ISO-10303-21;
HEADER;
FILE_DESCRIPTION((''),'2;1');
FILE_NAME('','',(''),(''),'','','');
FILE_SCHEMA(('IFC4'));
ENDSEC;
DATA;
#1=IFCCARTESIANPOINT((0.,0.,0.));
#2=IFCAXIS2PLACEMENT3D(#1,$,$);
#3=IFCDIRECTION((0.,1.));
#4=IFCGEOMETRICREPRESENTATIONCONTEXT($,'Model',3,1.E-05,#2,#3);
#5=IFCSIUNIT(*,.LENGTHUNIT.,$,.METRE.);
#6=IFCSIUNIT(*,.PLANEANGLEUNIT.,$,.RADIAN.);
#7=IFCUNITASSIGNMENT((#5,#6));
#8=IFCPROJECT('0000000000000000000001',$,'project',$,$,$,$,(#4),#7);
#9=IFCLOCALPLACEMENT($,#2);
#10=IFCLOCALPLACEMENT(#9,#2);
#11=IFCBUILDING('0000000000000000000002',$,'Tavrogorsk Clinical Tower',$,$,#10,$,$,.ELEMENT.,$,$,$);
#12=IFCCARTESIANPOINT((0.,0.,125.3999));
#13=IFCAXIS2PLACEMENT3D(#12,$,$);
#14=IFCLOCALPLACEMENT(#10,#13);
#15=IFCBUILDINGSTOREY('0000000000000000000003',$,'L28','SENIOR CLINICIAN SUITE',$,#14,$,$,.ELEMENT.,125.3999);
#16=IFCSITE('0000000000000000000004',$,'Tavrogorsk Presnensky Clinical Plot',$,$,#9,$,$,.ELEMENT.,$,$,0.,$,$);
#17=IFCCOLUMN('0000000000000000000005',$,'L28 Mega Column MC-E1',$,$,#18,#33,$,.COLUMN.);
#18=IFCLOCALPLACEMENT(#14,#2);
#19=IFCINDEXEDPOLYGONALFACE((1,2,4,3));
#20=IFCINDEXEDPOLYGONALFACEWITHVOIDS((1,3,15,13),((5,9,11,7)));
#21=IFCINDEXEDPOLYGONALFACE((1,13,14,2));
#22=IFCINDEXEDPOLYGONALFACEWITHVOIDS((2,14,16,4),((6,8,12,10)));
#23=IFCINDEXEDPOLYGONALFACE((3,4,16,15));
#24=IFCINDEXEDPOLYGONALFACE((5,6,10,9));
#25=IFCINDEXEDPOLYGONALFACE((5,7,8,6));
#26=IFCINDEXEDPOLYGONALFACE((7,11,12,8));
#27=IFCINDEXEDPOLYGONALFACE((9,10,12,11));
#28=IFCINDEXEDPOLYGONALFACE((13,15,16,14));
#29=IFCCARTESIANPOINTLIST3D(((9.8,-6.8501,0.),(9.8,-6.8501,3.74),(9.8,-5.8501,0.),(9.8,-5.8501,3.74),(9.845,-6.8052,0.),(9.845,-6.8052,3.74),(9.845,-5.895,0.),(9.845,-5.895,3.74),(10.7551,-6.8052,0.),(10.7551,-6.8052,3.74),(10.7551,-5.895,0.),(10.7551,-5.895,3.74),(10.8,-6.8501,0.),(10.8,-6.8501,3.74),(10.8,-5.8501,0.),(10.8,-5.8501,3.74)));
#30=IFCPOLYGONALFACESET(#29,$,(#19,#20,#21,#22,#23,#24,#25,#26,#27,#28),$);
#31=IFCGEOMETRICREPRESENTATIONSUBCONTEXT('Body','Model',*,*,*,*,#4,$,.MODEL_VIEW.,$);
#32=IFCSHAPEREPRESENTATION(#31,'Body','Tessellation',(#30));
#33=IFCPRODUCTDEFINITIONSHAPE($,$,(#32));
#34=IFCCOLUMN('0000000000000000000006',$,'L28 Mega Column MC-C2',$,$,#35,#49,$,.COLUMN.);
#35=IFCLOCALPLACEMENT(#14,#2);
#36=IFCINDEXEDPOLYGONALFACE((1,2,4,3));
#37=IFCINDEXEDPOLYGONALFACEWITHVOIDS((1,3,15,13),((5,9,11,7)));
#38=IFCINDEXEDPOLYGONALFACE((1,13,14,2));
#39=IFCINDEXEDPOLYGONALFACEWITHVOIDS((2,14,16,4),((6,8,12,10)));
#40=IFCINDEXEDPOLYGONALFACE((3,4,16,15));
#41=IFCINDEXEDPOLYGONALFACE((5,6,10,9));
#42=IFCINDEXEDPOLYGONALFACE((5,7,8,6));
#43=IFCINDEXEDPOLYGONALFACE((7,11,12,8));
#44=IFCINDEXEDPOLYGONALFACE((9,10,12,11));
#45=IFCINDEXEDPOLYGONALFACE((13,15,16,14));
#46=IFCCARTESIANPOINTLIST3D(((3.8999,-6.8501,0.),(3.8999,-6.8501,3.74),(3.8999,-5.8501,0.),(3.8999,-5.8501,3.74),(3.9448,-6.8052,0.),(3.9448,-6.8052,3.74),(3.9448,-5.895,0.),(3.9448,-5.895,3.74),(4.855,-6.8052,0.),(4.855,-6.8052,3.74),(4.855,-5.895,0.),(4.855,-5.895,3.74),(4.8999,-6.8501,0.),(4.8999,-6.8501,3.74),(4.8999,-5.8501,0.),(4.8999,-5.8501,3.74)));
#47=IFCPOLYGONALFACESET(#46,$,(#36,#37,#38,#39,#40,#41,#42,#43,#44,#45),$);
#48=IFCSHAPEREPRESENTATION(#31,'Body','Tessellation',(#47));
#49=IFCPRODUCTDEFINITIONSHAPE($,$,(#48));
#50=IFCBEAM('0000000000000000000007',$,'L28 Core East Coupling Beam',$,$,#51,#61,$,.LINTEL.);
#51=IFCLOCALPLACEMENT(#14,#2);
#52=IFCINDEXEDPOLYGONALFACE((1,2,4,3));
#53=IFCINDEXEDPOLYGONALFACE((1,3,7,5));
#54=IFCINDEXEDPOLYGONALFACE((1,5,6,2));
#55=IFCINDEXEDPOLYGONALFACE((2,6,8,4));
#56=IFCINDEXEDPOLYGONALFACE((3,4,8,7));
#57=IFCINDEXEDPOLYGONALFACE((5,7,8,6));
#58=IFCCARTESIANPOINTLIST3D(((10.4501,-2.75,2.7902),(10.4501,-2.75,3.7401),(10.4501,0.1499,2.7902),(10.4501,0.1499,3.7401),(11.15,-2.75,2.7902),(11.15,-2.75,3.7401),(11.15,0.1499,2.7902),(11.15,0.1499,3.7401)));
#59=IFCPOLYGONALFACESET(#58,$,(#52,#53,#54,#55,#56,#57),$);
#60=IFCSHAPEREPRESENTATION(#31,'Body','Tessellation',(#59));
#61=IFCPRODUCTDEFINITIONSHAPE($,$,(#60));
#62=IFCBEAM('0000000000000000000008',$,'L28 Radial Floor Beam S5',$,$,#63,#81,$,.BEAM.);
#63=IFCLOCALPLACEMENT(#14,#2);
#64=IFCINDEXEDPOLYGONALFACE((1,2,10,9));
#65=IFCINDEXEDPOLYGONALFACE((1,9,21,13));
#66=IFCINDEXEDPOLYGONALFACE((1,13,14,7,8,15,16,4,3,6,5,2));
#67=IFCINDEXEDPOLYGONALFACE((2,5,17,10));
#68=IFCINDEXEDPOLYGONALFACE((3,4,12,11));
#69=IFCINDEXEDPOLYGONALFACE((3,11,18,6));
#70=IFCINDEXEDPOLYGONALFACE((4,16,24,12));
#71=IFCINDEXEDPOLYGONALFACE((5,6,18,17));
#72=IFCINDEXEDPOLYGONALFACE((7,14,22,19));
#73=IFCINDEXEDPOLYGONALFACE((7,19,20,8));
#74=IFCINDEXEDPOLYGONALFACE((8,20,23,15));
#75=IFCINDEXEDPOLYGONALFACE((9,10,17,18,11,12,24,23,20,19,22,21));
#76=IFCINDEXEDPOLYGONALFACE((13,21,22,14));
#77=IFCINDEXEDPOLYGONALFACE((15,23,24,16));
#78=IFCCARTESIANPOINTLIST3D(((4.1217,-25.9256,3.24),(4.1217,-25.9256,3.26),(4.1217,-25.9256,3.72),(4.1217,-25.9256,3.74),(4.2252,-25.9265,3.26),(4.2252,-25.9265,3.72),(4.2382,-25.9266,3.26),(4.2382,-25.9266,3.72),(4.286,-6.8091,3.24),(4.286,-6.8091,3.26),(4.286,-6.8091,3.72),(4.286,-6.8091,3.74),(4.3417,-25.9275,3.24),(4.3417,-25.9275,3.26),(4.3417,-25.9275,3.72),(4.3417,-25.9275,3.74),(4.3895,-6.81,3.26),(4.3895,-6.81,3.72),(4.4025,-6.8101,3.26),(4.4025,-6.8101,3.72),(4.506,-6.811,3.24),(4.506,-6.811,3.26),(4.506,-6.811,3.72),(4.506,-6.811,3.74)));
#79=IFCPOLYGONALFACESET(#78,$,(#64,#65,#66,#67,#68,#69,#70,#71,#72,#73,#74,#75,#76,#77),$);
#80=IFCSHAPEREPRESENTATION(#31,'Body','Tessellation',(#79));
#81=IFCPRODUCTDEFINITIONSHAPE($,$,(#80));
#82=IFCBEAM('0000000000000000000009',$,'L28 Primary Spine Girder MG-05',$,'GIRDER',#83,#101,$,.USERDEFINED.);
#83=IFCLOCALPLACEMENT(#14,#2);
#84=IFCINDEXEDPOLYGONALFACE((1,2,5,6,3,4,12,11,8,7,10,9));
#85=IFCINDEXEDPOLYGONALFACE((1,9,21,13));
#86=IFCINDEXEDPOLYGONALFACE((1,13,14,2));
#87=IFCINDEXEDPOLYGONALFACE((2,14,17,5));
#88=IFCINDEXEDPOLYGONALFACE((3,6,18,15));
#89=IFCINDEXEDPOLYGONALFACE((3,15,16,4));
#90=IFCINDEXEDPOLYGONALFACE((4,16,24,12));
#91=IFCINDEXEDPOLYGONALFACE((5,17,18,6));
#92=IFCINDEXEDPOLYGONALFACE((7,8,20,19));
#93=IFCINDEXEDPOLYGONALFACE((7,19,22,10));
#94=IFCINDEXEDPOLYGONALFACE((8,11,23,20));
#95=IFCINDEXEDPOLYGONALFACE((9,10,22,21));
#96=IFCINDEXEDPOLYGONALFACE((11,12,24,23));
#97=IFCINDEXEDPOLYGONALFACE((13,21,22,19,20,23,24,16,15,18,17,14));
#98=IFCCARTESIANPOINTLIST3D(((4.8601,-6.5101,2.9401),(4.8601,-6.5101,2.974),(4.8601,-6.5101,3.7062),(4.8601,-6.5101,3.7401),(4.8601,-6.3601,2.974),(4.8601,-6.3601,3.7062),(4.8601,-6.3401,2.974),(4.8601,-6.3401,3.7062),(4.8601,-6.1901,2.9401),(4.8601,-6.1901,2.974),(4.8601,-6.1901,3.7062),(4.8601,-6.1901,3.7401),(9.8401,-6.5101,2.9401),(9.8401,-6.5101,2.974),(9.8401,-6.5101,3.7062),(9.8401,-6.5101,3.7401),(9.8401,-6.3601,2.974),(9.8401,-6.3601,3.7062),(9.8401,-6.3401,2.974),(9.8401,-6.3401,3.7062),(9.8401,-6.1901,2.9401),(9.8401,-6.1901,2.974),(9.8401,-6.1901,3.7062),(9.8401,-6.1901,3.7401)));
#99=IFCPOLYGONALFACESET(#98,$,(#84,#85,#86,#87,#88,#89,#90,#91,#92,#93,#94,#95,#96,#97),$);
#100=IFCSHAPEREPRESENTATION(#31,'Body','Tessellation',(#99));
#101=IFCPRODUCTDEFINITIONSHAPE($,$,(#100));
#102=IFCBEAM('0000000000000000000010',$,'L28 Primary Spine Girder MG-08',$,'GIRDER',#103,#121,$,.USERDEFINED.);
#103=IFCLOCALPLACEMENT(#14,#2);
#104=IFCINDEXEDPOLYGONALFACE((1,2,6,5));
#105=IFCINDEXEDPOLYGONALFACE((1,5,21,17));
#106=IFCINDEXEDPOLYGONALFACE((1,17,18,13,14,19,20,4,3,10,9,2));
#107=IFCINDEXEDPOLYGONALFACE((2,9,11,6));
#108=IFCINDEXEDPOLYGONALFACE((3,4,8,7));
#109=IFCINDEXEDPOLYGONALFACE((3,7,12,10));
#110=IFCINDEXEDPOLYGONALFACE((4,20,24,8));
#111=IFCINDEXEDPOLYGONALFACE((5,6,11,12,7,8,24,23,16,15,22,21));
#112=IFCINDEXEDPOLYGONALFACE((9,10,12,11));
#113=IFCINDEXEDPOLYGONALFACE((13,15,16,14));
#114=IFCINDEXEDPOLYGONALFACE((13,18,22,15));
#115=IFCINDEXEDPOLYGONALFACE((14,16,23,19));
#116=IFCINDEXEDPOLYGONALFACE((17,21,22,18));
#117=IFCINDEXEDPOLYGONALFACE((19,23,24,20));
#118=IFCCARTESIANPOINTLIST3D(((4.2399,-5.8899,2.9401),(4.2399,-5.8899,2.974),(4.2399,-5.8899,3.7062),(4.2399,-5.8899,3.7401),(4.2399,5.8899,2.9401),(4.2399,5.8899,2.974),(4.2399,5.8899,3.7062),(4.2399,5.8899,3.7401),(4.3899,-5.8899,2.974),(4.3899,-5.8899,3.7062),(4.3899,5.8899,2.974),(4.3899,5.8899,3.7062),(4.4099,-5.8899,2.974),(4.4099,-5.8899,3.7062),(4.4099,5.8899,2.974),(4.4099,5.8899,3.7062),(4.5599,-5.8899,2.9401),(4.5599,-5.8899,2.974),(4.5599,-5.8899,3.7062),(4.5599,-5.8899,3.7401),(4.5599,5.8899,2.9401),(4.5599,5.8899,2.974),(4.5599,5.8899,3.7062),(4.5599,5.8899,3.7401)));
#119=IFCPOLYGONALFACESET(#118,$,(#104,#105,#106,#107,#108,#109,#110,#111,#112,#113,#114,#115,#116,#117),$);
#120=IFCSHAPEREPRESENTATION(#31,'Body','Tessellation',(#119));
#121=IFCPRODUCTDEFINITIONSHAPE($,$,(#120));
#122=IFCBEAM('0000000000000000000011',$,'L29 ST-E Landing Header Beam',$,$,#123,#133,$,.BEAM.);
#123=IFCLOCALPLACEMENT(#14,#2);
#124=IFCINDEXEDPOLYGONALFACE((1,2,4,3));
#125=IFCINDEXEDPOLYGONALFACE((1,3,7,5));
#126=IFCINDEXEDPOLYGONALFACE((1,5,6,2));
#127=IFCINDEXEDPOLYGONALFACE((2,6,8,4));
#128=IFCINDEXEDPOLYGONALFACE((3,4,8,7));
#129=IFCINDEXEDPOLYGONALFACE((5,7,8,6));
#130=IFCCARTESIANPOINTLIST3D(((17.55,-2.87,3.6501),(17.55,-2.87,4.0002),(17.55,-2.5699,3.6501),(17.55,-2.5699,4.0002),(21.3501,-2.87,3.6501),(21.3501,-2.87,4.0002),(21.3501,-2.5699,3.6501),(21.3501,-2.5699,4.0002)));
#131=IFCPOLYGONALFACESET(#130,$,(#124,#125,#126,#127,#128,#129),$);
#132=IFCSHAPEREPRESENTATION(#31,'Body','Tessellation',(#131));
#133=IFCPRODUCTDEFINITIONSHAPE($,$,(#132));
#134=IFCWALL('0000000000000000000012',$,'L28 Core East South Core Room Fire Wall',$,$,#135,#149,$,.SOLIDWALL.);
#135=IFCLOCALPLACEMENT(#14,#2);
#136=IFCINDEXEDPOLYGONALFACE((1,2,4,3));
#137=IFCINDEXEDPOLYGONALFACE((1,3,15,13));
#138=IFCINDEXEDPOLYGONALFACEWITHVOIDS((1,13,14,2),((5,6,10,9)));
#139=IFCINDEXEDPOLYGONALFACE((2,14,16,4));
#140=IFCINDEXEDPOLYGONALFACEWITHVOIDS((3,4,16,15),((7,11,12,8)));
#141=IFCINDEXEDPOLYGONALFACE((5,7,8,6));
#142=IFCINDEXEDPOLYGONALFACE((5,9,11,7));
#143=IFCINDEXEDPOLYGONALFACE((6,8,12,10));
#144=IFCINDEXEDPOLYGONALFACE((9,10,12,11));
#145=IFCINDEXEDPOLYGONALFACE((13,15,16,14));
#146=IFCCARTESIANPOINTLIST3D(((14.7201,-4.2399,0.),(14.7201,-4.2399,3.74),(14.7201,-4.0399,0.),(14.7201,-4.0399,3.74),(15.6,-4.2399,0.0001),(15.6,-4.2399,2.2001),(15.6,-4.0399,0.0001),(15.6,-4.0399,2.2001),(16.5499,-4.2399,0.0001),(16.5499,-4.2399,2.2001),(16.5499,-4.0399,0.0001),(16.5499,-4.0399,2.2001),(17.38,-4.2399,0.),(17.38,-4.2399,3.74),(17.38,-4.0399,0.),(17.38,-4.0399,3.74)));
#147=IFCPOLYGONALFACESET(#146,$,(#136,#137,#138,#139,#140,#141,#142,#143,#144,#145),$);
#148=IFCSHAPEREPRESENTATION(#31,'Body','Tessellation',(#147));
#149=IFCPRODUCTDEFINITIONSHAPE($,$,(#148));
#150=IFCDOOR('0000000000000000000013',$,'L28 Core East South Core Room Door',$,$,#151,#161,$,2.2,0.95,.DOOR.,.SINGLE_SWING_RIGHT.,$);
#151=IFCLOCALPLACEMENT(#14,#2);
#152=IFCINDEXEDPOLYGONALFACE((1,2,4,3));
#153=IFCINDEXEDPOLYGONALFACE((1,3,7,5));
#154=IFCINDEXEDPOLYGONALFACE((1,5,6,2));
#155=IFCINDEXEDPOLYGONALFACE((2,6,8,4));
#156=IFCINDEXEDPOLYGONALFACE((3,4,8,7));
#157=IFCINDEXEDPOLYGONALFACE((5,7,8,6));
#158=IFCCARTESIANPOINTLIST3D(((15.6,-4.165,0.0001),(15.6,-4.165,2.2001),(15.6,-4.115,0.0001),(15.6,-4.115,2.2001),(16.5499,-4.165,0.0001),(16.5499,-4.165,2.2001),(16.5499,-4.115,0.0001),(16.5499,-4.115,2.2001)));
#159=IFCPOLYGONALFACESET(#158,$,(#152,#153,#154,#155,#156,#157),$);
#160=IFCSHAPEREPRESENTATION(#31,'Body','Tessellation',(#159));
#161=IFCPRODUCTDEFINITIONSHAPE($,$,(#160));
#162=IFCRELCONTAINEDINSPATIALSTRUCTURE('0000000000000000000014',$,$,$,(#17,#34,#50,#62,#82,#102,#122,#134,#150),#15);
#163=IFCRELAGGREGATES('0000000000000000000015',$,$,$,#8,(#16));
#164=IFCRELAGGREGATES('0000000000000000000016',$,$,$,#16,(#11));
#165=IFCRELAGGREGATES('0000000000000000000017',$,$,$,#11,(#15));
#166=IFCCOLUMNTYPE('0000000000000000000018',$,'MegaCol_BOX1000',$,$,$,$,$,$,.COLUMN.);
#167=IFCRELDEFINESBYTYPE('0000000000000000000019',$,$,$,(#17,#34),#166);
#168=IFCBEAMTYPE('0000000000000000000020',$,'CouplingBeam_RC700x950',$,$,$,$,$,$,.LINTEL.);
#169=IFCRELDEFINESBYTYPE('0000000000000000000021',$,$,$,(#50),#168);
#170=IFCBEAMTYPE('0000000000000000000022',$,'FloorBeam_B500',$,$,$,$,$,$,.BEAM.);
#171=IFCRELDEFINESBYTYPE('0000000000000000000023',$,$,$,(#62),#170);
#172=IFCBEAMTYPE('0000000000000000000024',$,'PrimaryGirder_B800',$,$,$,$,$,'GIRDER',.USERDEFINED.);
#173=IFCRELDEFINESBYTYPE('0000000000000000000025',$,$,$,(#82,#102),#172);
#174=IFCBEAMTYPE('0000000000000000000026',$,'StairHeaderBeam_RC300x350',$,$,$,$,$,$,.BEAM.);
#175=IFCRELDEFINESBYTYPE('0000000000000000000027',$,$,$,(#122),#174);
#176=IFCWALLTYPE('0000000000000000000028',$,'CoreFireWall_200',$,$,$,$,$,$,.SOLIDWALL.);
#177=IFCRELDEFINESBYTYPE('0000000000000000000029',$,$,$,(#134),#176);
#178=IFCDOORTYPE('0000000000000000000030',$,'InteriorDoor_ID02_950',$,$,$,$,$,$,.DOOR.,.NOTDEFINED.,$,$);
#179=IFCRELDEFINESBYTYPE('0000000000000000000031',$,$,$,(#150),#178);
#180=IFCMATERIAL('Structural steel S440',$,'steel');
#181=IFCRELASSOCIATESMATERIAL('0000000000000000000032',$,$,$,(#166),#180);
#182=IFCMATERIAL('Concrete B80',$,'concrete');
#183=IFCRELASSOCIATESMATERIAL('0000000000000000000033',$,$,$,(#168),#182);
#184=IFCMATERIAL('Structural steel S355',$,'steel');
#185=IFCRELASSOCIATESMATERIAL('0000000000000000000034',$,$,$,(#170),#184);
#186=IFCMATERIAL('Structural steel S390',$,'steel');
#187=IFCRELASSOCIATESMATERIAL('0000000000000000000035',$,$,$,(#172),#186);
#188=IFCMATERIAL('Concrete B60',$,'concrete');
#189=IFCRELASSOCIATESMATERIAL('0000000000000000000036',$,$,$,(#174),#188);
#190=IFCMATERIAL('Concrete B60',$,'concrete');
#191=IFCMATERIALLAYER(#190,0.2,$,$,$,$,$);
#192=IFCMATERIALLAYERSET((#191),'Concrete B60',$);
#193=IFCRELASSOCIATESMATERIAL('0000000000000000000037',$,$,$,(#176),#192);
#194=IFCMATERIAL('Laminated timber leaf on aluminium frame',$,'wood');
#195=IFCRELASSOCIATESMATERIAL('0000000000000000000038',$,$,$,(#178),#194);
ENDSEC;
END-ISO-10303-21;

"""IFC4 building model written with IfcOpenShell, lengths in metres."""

from ifc_helpers import new_model, si_unit, direction, frame, frame_2d, origin, origin_2d, place, context, subcontext, project, spatial, rectangle, hollow_rectangle, i_section, extrude, material, layer, layer_set, material_profile, profile_set, type_object, element, fill, save


model = new_model("IFC4")

# Units and contexts
model_context = context("Model", 3, precision=1e-05, world=origin(), true_north=direction((0.0, 1.0)))
body_context = subcontext(model_context, "Body", "Model", "MODEL_VIEW")
ifc_project = project(units=[si_unit("LENGTHUNIT", "METRE"), si_unit("PLANEANGLEUNIT", "RADIAN")], contexts=[model_context])

# Site, building, storey
site_placement = place(None, origin())
site = spatial("IfcSite", under=ifc_project, at=site_placement, Name="Tavrogorsk Presnensky Clinical Plot", CompositionType="ELEMENT", RefElevation=0.0)
building_placement = place(site_placement, origin())
building = spatial("IfcBuilding", under=site, at=building_placement, Name="Tavrogorsk Clinical Tower", CompositionType="ELEMENT")
storey_placement = place(building_placement, frame((0.0, 0.0, 125.3999)))
storey = spatial("IfcBuildingStorey", under=building, at=storey_placement, Name="L28", Description="SENIOR CLINICIAN SUITE", CompositionType="ELEMENT", Elevation=125.3999)

# Columns
ifc_material_1 = material(Name="Structural steel S440", Category="steel")
ifc_material_profile_1 = material_profile(ifc_material_1, hollow_rectangle(XDim=1.0, YDim=1.0, WallThickness=0.0449, at=origin_2d()), Name="BOX-1000x1000x45")
ifc_profile_set_1 = profile_set([ifc_material_profile_1], Name="Structural steel S440")
column_type = type_object("IfcColumnType", Name="MegaCol_BOX1000", PredefinedType="COLUMN", material=ifc_profile_set_1)
for number, where, z_axis, x_axis, name in (
    (1, (10.3, -6.3501, 0.0), (0.0, 0.0, 1.0), (1.0, 0.0, 0.0), "L28 Mega Column MC-E1"),
    (2, (4.3999, -6.3501, 0.0), (0.0, 0.0, 1.0), (1.0, 0.0, 0.0), "L28 Mega Column MC-C2"),
):
    element("IfcColumn", number, at=place(storey_placement, frame(where, z_axis=z_axis, x_axis=x_axis)), inside=storey, type_object=column_type, Name=name, PredefinedType="COLUMN", context=body_context, shape_type="SweptSolid", body=[
        extrude(hollow_rectangle(XDim=1.0, YDim=1.0, WallThickness=0.0449, at=origin_2d()), origin(), (0.0, 0.0, 1.0), 3.74),
    ])

# Beams
ifc_material_2 = material(Name="Concrete B80", Category="concrete")
ifc_material_profile_2 = material_profile(ifc_material_2, rectangle(XDim=0.7, YDim=0.95, at=origin_2d()), Name="RC-CB-700x950")
ifc_profile_set_2 = profile_set([ifc_material_profile_2], Name="Concrete B80")
beam_type_1 = type_object("IfcBeamType", Name="CouplingBeam_RC700x950", PredefinedType="LINTEL", material=ifc_profile_set_2)
beam_1_placement = place(storey_placement, frame((10.8, -2.75, 3.2651), z_axis=(0.0, 1.0, 0.0), x_axis=(-1.0, 0.0, 0.0)))
element("IfcBeam", 3, at=beam_1_placement, inside=storey, type_object=beam_type_1, Name="L28 Core East Coupling Beam", PredefinedType="LINTEL", context=body_context, shape_type="SweptSolid", body=[
    extrude(rectangle(XDim=0.7, YDim=0.95, at=origin_2d()), origin(), (0.0, 0.0, 1.0), 2.8999),
])
ifc_material_3 = material(Name="Structural steel S355", Category="steel")
ifc_material_profile_3 = material_profile(ifc_material_3, i_section(OverallWidth=0.22, OverallDepth=0.5, WebThickness=0.0129, FlangeThickness=0.02, at=origin_2d()), Name="B-500x220x13x20")
ifc_profile_set_3 = profile_set([ifc_material_profile_3], Name="Structural steel S355")
beam_type_2 = type_object("IfcBeamType", Name="FloorBeam_B500", PredefinedType="BEAM", material=ifc_profile_set_3)
beam_2_placement = place(storey_placement, frame((4.396, -6.8101, 3.49), z_axis=(-0.008595, -0.999963, 0.0), x_axis=(0.999963, -0.008595, 0.0)))
element("IfcBeam", 4, at=beam_2_placement, inside=storey, type_object=beam_type_2, Name="L28 Radial Floor Beam S5", PredefinedType="BEAM", context=body_context, shape_type="SweptSolid", body=[
    extrude(i_section(OverallWidth=0.22, OverallDepth=0.5, WebThickness=0.0129, FlangeThickness=0.02, at=origin_2d()), origin(), (0.0, 0.0, 1.0), 19.1172),
])
ifc_material_4 = material(Name="Structural steel S390", Category="steel")
ifc_material_profile_4 = material_profile(ifc_material_4, i_section(OverallWidth=0.3201, OverallDepth=0.8, WebThickness=0.02, FlangeThickness=0.0339, at=origin_2d()), Name="B-800x320x20x34")
ifc_profile_set_4 = profile_set([ifc_material_profile_4], Name="Structural steel S390")
beam_type_3 = type_object("IfcBeamType", Name="PrimaryGirder_B800", ElementType="GIRDER", PredefinedType="USERDEFINED", material=ifc_profile_set_4)
beam_3_placement = place(storey_placement, frame((4.8601, -6.3501, 3.3401), z_axis=(1.0, 0.0, 0.0), x_axis=(0.0, 1.0, 0.0)))
element("IfcBeam", 5, at=beam_3_placement, inside=storey, type_object=beam_type_3, Name="L28 Primary Spine Girder MG-05", ObjectType="GIRDER", PredefinedType="USERDEFINED", context=body_context, shape_type="SweptSolid", body=[
    extrude(i_section(OverallWidth=0.3201, OverallDepth=0.8, WebThickness=0.02, FlangeThickness=0.0339, at=origin_2d()), origin(), (0.0, 0.0, 1.0), 4.98),
])
beam_4_placement = place(storey_placement, frame((4.3999, -5.8899, 3.3401), z_axis=(0.0, 1.0, 0.0), x_axis=(-1.0, 0.0, 0.0)))
element("IfcBeam", 6, at=beam_4_placement, inside=storey, type_object=beam_type_3, Name="L28 Primary Spine Girder MG-08", ObjectType="GIRDER", PredefinedType="USERDEFINED", context=body_context, shape_type="SweptSolid", body=[
    extrude(i_section(OverallWidth=0.3201, OverallDepth=0.8, WebThickness=0.02, FlangeThickness=0.0339, at=origin_2d()), origin(), (0.0, 0.0, 1.0), 11.7798),
])
ifc_material_5 = material(Name="Concrete B60", Category="concrete")
ifc_material_profile_5 = material_profile(ifc_material_5, rectangle(XDim=0.3, YDim=0.3501, at=origin_2d()), Name="RC-SHB-300x350")
ifc_profile_set_5 = profile_set([ifc_material_profile_5], Name="Concrete B60")
beam_type_4 = type_object("IfcBeamType", Name="StairHeaderBeam_RC300x350", PredefinedType="BEAM", material=ifc_profile_set_5)
beam_5_placement = place(storey_placement, frame((17.55, -2.72, 3.8252), z_axis=(1.0, 0.0, 0.0), x_axis=(0.0, 1.0, 0.0)))
element("IfcBeam", 7, at=beam_5_placement, inside=storey, type_object=beam_type_4, Name="L29 ST-E Landing Header Beam", PredefinedType="BEAM", context=body_context, shape_type="SweptSolid", body=[
    extrude(rectangle(XDim=0.3, YDim=0.3501, at=origin_2d()), origin(), (0.0, 0.0, 1.0), 3.8),
])

# Wall, opening, door
ifc_material_6 = material(Name="Concrete B60", Category="concrete")
ifc_layer_1 = layer(ifc_material_6, 0.2)
ifc_layer_set_1 = layer_set([ifc_layer_1], Name="Concrete B60")
wall_type_1 = type_object("IfcWallType", Name="CoreFireWall_200", PredefinedType="SOLIDWALL", material=ifc_layer_set_1)
wall_1_placement = place(storey_placement, frame((14.72, -4.1399, 0.0), z_axis=(0.0, 0.0, 1.0), x_axis=(1.0, 0.0, 0.0)))
wall_1 = element("IfcWall", 8, at=wall_1_placement, inside=storey, type_object=wall_type_1, Name="L28 Core East South Core Room Fire Wall", PredefinedType="SOLIDWALL", context=body_context, shape_type="SweptSolid", body=[
    extrude(rectangle(XDim=2.6599, YDim=0.2, at=frame_2d((1.3301, 0.0))), origin(), (0.0, 0.0, 1.0), 3.74),
])
opening_1_placement = place(wall_1_placement, frame((0.8799, 0.0, 0.0)))
opening_1 = element("IfcOpeningElement", 9, at=opening_1_placement, cuts=wall_1, PredefinedType="OPENING", context=body_context, shape_type="SweptSolid", body=[
    extrude(rectangle(XDim=0.95, YDim=2.2, at=frame_2d((0.4751, 1.1001))), frame((0.0, 0.1099, 0.0), z_axis=(0.0, -1.0, 0.0), x_axis=(1.0, 0.0, 0.0)), (0.0, 0.0, 1.0), 0.22),
])
ifc_material_7 = material(Name="Laminated timber leaf on aluminium frame", Category="wood")
door_type_1 = type_object("IfcDoorType", Name="InteriorDoor_ID02_950", OperationType="NOTDEFINED", PredefinedType="DOOR", material=ifc_material_7)
door_1_placement = place(opening_1_placement, origin())
door_1 = element("IfcDoor", 10, at=door_1_placement, inside=storey, type_object=door_type_1, Name="L28 Core East South Core Room Door", OperationType="SINGLE_SWING_RIGHT", OverallHeight=2.2, OverallWidth=0.95, PredefinedType="DOOR", context=body_context, shape_type="SweptSolid", body=[
    extrude(rectangle(XDim=0.95, YDim=2.2, at=frame_2d((0.4751, 1.1001))), frame((0.0, 0.0249, 0.0), z_axis=(0.0, -1.0, 0.0), x_axis=(1.0, 0.0, 0.0)), (0.0, 0.0, 1.0), 0.05),
])
fill(opening_1, door_1)

save(model, "model.ifc")
